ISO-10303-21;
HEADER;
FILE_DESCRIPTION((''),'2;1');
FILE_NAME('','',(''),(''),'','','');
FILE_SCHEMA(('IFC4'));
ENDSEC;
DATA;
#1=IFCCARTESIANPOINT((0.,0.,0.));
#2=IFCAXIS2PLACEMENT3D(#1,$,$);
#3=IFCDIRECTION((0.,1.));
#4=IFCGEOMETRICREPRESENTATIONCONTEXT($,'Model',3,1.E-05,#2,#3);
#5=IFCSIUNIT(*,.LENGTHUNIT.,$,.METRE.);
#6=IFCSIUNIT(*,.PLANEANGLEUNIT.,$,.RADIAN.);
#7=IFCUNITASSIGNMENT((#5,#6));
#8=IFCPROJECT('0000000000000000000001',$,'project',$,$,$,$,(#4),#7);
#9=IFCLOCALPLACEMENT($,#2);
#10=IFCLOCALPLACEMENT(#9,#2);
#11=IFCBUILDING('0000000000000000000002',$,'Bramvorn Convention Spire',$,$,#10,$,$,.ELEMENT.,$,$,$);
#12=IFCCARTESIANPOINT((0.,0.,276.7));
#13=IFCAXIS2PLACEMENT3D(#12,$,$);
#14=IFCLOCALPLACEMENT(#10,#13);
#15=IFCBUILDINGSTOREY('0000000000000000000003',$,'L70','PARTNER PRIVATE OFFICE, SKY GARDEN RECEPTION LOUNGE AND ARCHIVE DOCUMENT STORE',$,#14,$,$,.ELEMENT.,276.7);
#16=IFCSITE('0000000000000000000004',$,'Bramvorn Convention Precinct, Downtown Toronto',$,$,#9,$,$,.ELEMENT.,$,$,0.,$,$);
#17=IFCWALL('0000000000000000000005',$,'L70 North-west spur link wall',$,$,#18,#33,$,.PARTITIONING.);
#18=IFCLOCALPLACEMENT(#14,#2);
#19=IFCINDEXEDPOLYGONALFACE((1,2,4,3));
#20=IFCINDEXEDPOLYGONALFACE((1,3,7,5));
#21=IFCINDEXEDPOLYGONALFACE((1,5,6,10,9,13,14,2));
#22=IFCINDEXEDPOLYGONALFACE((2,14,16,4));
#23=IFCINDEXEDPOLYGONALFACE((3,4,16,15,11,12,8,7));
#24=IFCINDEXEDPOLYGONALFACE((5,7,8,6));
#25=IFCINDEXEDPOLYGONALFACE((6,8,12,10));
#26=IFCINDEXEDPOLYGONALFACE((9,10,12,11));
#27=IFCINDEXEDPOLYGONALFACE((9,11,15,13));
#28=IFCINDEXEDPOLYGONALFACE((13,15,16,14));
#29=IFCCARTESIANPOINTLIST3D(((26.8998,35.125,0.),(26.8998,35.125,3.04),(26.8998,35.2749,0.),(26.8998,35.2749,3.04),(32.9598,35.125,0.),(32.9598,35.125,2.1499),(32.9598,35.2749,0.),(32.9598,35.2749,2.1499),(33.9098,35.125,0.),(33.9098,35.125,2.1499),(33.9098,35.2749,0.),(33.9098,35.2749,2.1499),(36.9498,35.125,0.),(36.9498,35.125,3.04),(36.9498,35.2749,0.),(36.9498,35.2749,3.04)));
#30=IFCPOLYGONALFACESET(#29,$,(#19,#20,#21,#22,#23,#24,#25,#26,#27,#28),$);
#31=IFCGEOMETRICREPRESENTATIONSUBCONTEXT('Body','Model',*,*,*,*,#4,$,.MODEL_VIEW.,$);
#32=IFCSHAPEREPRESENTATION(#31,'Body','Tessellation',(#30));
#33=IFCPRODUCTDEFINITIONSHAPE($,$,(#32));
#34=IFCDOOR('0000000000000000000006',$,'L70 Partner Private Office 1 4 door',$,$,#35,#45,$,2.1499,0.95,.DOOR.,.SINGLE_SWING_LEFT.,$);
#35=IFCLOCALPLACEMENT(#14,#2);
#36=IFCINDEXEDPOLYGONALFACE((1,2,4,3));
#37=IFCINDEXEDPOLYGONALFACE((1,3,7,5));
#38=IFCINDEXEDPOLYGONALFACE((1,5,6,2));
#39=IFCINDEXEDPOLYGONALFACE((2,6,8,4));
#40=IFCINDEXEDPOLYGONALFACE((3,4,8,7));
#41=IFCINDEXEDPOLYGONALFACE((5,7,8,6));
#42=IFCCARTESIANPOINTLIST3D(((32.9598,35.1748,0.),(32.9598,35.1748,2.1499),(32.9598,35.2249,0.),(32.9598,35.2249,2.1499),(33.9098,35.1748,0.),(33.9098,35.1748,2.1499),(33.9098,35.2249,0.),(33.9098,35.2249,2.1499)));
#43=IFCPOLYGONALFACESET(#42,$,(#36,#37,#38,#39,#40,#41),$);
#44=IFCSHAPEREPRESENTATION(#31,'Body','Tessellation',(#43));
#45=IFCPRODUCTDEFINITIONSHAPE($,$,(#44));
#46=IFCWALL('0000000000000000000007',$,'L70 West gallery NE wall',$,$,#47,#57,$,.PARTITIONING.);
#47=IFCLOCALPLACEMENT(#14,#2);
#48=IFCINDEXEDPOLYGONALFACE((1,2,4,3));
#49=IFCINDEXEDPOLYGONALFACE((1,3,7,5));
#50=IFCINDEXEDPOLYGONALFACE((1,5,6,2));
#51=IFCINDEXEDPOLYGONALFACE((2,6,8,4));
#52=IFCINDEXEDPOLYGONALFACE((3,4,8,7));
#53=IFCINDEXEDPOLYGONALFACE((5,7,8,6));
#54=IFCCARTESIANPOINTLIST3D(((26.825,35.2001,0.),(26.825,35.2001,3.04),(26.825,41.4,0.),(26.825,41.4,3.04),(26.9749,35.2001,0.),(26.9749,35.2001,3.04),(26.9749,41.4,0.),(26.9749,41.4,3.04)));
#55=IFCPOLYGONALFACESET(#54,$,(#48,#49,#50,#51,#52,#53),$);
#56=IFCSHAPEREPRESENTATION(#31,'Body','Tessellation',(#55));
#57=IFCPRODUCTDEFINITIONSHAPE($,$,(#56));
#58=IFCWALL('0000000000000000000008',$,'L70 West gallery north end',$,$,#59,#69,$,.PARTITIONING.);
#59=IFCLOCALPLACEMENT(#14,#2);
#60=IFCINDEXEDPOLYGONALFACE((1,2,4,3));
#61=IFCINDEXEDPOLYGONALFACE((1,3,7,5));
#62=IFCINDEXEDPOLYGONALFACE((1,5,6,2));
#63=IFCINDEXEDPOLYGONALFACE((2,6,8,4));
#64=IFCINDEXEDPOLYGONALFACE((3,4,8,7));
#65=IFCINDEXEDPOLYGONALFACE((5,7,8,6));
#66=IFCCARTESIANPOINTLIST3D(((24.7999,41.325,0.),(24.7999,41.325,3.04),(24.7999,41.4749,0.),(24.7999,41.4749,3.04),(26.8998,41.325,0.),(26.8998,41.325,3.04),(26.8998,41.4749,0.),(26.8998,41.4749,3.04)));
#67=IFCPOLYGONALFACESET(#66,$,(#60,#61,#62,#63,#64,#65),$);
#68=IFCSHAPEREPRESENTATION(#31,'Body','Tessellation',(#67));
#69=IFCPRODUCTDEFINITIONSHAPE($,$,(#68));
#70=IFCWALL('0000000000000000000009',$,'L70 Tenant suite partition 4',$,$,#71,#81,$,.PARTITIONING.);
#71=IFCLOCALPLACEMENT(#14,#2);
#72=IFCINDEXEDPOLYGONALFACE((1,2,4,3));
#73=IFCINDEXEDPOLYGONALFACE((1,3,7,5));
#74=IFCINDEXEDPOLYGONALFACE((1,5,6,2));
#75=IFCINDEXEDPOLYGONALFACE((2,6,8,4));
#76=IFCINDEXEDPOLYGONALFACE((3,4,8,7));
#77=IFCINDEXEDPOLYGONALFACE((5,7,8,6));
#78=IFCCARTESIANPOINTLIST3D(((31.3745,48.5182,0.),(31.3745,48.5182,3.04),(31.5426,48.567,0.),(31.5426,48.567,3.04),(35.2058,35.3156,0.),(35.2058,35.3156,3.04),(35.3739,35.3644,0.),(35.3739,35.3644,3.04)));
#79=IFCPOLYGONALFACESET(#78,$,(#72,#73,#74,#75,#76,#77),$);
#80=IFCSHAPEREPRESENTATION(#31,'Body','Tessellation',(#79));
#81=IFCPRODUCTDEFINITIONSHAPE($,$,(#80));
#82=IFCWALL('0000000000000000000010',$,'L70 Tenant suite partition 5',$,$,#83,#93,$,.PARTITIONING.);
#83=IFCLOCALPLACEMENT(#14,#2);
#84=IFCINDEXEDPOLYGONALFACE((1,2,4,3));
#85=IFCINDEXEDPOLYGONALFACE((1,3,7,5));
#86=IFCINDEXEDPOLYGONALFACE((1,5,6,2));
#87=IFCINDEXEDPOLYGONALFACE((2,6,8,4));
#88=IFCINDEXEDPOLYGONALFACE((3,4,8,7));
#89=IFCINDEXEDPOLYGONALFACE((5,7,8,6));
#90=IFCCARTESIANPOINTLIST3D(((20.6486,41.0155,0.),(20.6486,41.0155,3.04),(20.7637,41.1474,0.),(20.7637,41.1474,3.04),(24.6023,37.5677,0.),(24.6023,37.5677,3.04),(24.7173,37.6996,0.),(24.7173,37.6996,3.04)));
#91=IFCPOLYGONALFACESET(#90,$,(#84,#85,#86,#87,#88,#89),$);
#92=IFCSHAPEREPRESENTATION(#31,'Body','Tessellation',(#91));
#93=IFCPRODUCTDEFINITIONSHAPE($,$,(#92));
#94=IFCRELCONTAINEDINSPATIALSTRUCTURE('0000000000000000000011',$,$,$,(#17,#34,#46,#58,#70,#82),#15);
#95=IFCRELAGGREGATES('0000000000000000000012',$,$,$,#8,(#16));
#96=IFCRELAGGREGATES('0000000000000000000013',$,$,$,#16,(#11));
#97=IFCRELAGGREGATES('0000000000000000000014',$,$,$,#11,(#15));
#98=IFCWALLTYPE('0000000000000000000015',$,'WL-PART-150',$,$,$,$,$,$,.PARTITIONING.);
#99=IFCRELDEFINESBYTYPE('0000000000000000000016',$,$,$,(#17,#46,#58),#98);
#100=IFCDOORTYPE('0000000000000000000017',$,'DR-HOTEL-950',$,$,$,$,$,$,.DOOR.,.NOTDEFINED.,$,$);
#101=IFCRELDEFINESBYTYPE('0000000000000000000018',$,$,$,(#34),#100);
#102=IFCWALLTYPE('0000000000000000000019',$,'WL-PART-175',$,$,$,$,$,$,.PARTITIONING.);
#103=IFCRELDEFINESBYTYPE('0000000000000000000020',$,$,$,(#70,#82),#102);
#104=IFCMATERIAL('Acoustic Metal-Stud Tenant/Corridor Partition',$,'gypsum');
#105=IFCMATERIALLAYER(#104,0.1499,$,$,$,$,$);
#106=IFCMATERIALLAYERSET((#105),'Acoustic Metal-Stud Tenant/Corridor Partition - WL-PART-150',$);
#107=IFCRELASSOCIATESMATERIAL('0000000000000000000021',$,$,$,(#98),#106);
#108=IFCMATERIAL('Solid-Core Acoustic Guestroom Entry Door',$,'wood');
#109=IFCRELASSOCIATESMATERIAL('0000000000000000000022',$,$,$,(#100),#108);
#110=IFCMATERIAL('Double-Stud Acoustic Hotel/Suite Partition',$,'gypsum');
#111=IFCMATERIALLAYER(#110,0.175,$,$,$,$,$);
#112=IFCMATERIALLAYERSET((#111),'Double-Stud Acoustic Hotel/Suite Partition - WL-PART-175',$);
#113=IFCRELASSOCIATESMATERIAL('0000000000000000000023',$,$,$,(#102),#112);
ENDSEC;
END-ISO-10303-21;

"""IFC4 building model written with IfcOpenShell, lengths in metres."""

from ifc_helpers import new_model, si_unit, direction, frame, frame_2d, origin, place, context, subcontext, project, spatial, rectangle, extrude, material, layer, layer_set, type_object, element, fill, save


model = new_model("IFC4")

# Units and contexts
model_context = context("Model", 3, precision=1e-05, world=origin(), true_north=direction((0.0, 1.0)))
body_context = subcontext(model_context, "Body", "Model", "MODEL_VIEW")
ifc_project = project(units=[si_unit("LENGTHUNIT", "METRE"), si_unit("PLANEANGLEUNIT", "RADIAN")], contexts=[model_context])

# Site, building, storey
site_placement = place(None, origin())
site = spatial("IfcSite", under=ifc_project, at=site_placement, Name="Bramvorn Convention Precinct, Downtown Toronto", CompositionType="ELEMENT", RefElevation=0.0)
building_placement = place(site_placement, origin())
building = spatial("IfcBuilding", under=site, at=building_placement, Name="Bramvorn Convention Spire", CompositionType="ELEMENT")
storey_placement = place(building_placement, frame((0.0, 0.0, 276.7)))
storey = spatial("IfcBuildingStorey", under=building, at=storey_placement, Name="L70", Description="PARTNER PRIVATE OFFICE, SKY GARDEN RECEPTION LOUNGE AND ARCHIVE DOCUMENT STORE", CompositionType="ELEMENT", Elevation=276.7)

# Wall, opening, door
ifc_material_1 = material(Name="Acoustic Metal-Stud Tenant/Corridor Partition", Category="gypsum")
ifc_layer_1 = layer(ifc_material_1, 0.1499)
ifc_layer_set_1 = layer_set([ifc_layer_1], Name="Acoustic Metal-Stud Tenant/Corridor Partition - WL-PART-150")
wall_type_1 = type_object("IfcWallType", Name="WL-PART-150", PredefinedType="PARTITIONING", material=ifc_layer_set_1)
wall_1_placement = place(storey_placement, frame((26.8999, 35.2, 0.0), z_axis=(0.0, 0.0, 1.0), x_axis=(1.0, 0.0, 0.0)))
wall_1 = element("IfcWall", 1, at=wall_1_placement, inside=storey, type_object=wall_type_1, Name="L70 North-west spur link wall", PredefinedType="PARTITIONING", context=body_context, shape_type="SweptSolid", body=[
    extrude(rectangle(XDim=10.05, YDim=0.1499, at=frame_2d((5.0249, 0.0))), origin(), (0.0, 0.0, 1.0), 3.04),
])
opening_placement = place(wall_1_placement, frame((6.0598, 0.0, 0.0)))
opening = element("IfcOpeningElement", 2, at=opening_placement, cuts=wall_1, PredefinedType="OPENING", context=body_context, shape_type="SweptSolid", body=[
    extrude(rectangle(XDim=0.95, YDim=2.1499, at=frame_2d((0.4751, 1.075))), frame((0.0, 0.085, 0.0), z_axis=(0.0, -1.0, 0.0), x_axis=(1.0, 0.0, 0.0)), (0.0, 0.0, 1.0), 0.1699),
])
ifc_material_2 = material(Name="Solid-Core Acoustic Guestroom Entry Door", Category="wood")
door_type = type_object("IfcDoorType", Name="DR-HOTEL-950", OperationType="NOTDEFINED", PredefinedType="DOOR", material=ifc_material_2)
door_placement = place(opening_placement, origin())
door = element("IfcDoor", 3, at=door_placement, inside=storey, type_object=door_type, Name="L70 Partner Private Office 1 4 door", OperationType="SINGLE_SWING_LEFT", OverallHeight=2.1499, OverallWidth=0.95, PredefinedType="DOOR", context=body_context, shape_type="SweptSolid", body=[
    extrude(rectangle(XDim=0.95, YDim=2.1499, at=frame_2d((0.4751, 1.075))), frame((0.0, 0.0249, 0.0), z_axis=(0.0, -1.0, 0.0), x_axis=(1.0, 0.0, 0.0)), (0.0, 0.0, 1.0), 0.05),
])
fill(opening, door)

# Walls
wall_2_placement = place(storey_placement, frame((26.8999, 35.2, 0.0), z_axis=(0.0, 0.0, 1.0), x_axis=(0.0, 1.0, 0.0)))
element("IfcWall", 4, at=wall_2_placement, inside=storey, type_object=wall_type_1, Name="L70 West gallery NE wall", PredefinedType="PARTITIONING", context=body_context, shape_type="SweptSolid", body=[
    extrude(rectangle(XDim=6.2, YDim=0.1499, at=frame_2d((3.1001, 0.0))), origin(), (0.0, 0.0, 1.0), 3.04),
])
wall_3_placement = place(storey_placement, frame((24.8, 41.3999, 0.0), z_axis=(0.0, 0.0, 1.0), x_axis=(1.0, 0.0, 0.0)))
element("IfcWall", 5, at=wall_3_placement, inside=storey, type_object=wall_type_1, Name="L70 West gallery north end", PredefinedType="PARTITIONING", context=body_context, shape_type="SweptSolid", body=[
    extrude(rectangle(XDim=2.0999, YDim=0.1499, at=frame_2d((1.0498, 0.0))), origin(), (0.0, 0.0, 1.0), 3.04),
])
ifc_material_3 = material(Name="Double-Stud Acoustic Hotel/Suite Partition", Category="gypsum")
ifc_layer_2 = layer(ifc_material_3, 0.175)
ifc_layer_set_2 = layer_set([ifc_layer_2], Name="Double-Stud Acoustic Hotel/Suite Partition - WL-PART-175")
wall_type_2 = type_object("IfcWallType", Name="WL-PART-175", PredefinedType="PARTITIONING", material=ifc_layer_set_2)
wall_4_placement = place(storey_placement, frame((35.2898, 35.3401, 0.0), z_axis=(0.0, 0.0, 1.0), x_axis=(-0.278694, 0.96038, 0.0)))
element("IfcWall", 6, at=wall_4_placement, inside=storey, type_object=wall_type_2, Name="L70 Tenant suite partition 4", PredefinedType="PARTITIONING", context=body_context, shape_type="SweptSolid", body=[
    extrude(rectangle(XDim=13.7473, YDim=0.175, at=frame_2d((6.8735, 0.0))), origin(), (0.0, 0.0, 1.0), 3.04),
])
wall_5_placement = place(storey_placement, frame((24.6599, 37.6335, 0.0), z_axis=(0.0, 0.0, 1.0), x_axis=(-0.753677, 0.657245, 0.0)))
element("IfcWall", 7, at=wall_5_placement, inside=storey, type_object=wall_type_2, Name="L70 Tenant suite partition 5", PredefinedType="PARTITIONING", context=body_context, shape_type="SweptSolid", body=[
    extrude(rectangle(XDim=5.2458, YDim=0.175, at=frame_2d((2.623, 0.0))), origin(), (0.0, 0.0, 1.0), 3.04),
])

save(model, "model.ifc")
